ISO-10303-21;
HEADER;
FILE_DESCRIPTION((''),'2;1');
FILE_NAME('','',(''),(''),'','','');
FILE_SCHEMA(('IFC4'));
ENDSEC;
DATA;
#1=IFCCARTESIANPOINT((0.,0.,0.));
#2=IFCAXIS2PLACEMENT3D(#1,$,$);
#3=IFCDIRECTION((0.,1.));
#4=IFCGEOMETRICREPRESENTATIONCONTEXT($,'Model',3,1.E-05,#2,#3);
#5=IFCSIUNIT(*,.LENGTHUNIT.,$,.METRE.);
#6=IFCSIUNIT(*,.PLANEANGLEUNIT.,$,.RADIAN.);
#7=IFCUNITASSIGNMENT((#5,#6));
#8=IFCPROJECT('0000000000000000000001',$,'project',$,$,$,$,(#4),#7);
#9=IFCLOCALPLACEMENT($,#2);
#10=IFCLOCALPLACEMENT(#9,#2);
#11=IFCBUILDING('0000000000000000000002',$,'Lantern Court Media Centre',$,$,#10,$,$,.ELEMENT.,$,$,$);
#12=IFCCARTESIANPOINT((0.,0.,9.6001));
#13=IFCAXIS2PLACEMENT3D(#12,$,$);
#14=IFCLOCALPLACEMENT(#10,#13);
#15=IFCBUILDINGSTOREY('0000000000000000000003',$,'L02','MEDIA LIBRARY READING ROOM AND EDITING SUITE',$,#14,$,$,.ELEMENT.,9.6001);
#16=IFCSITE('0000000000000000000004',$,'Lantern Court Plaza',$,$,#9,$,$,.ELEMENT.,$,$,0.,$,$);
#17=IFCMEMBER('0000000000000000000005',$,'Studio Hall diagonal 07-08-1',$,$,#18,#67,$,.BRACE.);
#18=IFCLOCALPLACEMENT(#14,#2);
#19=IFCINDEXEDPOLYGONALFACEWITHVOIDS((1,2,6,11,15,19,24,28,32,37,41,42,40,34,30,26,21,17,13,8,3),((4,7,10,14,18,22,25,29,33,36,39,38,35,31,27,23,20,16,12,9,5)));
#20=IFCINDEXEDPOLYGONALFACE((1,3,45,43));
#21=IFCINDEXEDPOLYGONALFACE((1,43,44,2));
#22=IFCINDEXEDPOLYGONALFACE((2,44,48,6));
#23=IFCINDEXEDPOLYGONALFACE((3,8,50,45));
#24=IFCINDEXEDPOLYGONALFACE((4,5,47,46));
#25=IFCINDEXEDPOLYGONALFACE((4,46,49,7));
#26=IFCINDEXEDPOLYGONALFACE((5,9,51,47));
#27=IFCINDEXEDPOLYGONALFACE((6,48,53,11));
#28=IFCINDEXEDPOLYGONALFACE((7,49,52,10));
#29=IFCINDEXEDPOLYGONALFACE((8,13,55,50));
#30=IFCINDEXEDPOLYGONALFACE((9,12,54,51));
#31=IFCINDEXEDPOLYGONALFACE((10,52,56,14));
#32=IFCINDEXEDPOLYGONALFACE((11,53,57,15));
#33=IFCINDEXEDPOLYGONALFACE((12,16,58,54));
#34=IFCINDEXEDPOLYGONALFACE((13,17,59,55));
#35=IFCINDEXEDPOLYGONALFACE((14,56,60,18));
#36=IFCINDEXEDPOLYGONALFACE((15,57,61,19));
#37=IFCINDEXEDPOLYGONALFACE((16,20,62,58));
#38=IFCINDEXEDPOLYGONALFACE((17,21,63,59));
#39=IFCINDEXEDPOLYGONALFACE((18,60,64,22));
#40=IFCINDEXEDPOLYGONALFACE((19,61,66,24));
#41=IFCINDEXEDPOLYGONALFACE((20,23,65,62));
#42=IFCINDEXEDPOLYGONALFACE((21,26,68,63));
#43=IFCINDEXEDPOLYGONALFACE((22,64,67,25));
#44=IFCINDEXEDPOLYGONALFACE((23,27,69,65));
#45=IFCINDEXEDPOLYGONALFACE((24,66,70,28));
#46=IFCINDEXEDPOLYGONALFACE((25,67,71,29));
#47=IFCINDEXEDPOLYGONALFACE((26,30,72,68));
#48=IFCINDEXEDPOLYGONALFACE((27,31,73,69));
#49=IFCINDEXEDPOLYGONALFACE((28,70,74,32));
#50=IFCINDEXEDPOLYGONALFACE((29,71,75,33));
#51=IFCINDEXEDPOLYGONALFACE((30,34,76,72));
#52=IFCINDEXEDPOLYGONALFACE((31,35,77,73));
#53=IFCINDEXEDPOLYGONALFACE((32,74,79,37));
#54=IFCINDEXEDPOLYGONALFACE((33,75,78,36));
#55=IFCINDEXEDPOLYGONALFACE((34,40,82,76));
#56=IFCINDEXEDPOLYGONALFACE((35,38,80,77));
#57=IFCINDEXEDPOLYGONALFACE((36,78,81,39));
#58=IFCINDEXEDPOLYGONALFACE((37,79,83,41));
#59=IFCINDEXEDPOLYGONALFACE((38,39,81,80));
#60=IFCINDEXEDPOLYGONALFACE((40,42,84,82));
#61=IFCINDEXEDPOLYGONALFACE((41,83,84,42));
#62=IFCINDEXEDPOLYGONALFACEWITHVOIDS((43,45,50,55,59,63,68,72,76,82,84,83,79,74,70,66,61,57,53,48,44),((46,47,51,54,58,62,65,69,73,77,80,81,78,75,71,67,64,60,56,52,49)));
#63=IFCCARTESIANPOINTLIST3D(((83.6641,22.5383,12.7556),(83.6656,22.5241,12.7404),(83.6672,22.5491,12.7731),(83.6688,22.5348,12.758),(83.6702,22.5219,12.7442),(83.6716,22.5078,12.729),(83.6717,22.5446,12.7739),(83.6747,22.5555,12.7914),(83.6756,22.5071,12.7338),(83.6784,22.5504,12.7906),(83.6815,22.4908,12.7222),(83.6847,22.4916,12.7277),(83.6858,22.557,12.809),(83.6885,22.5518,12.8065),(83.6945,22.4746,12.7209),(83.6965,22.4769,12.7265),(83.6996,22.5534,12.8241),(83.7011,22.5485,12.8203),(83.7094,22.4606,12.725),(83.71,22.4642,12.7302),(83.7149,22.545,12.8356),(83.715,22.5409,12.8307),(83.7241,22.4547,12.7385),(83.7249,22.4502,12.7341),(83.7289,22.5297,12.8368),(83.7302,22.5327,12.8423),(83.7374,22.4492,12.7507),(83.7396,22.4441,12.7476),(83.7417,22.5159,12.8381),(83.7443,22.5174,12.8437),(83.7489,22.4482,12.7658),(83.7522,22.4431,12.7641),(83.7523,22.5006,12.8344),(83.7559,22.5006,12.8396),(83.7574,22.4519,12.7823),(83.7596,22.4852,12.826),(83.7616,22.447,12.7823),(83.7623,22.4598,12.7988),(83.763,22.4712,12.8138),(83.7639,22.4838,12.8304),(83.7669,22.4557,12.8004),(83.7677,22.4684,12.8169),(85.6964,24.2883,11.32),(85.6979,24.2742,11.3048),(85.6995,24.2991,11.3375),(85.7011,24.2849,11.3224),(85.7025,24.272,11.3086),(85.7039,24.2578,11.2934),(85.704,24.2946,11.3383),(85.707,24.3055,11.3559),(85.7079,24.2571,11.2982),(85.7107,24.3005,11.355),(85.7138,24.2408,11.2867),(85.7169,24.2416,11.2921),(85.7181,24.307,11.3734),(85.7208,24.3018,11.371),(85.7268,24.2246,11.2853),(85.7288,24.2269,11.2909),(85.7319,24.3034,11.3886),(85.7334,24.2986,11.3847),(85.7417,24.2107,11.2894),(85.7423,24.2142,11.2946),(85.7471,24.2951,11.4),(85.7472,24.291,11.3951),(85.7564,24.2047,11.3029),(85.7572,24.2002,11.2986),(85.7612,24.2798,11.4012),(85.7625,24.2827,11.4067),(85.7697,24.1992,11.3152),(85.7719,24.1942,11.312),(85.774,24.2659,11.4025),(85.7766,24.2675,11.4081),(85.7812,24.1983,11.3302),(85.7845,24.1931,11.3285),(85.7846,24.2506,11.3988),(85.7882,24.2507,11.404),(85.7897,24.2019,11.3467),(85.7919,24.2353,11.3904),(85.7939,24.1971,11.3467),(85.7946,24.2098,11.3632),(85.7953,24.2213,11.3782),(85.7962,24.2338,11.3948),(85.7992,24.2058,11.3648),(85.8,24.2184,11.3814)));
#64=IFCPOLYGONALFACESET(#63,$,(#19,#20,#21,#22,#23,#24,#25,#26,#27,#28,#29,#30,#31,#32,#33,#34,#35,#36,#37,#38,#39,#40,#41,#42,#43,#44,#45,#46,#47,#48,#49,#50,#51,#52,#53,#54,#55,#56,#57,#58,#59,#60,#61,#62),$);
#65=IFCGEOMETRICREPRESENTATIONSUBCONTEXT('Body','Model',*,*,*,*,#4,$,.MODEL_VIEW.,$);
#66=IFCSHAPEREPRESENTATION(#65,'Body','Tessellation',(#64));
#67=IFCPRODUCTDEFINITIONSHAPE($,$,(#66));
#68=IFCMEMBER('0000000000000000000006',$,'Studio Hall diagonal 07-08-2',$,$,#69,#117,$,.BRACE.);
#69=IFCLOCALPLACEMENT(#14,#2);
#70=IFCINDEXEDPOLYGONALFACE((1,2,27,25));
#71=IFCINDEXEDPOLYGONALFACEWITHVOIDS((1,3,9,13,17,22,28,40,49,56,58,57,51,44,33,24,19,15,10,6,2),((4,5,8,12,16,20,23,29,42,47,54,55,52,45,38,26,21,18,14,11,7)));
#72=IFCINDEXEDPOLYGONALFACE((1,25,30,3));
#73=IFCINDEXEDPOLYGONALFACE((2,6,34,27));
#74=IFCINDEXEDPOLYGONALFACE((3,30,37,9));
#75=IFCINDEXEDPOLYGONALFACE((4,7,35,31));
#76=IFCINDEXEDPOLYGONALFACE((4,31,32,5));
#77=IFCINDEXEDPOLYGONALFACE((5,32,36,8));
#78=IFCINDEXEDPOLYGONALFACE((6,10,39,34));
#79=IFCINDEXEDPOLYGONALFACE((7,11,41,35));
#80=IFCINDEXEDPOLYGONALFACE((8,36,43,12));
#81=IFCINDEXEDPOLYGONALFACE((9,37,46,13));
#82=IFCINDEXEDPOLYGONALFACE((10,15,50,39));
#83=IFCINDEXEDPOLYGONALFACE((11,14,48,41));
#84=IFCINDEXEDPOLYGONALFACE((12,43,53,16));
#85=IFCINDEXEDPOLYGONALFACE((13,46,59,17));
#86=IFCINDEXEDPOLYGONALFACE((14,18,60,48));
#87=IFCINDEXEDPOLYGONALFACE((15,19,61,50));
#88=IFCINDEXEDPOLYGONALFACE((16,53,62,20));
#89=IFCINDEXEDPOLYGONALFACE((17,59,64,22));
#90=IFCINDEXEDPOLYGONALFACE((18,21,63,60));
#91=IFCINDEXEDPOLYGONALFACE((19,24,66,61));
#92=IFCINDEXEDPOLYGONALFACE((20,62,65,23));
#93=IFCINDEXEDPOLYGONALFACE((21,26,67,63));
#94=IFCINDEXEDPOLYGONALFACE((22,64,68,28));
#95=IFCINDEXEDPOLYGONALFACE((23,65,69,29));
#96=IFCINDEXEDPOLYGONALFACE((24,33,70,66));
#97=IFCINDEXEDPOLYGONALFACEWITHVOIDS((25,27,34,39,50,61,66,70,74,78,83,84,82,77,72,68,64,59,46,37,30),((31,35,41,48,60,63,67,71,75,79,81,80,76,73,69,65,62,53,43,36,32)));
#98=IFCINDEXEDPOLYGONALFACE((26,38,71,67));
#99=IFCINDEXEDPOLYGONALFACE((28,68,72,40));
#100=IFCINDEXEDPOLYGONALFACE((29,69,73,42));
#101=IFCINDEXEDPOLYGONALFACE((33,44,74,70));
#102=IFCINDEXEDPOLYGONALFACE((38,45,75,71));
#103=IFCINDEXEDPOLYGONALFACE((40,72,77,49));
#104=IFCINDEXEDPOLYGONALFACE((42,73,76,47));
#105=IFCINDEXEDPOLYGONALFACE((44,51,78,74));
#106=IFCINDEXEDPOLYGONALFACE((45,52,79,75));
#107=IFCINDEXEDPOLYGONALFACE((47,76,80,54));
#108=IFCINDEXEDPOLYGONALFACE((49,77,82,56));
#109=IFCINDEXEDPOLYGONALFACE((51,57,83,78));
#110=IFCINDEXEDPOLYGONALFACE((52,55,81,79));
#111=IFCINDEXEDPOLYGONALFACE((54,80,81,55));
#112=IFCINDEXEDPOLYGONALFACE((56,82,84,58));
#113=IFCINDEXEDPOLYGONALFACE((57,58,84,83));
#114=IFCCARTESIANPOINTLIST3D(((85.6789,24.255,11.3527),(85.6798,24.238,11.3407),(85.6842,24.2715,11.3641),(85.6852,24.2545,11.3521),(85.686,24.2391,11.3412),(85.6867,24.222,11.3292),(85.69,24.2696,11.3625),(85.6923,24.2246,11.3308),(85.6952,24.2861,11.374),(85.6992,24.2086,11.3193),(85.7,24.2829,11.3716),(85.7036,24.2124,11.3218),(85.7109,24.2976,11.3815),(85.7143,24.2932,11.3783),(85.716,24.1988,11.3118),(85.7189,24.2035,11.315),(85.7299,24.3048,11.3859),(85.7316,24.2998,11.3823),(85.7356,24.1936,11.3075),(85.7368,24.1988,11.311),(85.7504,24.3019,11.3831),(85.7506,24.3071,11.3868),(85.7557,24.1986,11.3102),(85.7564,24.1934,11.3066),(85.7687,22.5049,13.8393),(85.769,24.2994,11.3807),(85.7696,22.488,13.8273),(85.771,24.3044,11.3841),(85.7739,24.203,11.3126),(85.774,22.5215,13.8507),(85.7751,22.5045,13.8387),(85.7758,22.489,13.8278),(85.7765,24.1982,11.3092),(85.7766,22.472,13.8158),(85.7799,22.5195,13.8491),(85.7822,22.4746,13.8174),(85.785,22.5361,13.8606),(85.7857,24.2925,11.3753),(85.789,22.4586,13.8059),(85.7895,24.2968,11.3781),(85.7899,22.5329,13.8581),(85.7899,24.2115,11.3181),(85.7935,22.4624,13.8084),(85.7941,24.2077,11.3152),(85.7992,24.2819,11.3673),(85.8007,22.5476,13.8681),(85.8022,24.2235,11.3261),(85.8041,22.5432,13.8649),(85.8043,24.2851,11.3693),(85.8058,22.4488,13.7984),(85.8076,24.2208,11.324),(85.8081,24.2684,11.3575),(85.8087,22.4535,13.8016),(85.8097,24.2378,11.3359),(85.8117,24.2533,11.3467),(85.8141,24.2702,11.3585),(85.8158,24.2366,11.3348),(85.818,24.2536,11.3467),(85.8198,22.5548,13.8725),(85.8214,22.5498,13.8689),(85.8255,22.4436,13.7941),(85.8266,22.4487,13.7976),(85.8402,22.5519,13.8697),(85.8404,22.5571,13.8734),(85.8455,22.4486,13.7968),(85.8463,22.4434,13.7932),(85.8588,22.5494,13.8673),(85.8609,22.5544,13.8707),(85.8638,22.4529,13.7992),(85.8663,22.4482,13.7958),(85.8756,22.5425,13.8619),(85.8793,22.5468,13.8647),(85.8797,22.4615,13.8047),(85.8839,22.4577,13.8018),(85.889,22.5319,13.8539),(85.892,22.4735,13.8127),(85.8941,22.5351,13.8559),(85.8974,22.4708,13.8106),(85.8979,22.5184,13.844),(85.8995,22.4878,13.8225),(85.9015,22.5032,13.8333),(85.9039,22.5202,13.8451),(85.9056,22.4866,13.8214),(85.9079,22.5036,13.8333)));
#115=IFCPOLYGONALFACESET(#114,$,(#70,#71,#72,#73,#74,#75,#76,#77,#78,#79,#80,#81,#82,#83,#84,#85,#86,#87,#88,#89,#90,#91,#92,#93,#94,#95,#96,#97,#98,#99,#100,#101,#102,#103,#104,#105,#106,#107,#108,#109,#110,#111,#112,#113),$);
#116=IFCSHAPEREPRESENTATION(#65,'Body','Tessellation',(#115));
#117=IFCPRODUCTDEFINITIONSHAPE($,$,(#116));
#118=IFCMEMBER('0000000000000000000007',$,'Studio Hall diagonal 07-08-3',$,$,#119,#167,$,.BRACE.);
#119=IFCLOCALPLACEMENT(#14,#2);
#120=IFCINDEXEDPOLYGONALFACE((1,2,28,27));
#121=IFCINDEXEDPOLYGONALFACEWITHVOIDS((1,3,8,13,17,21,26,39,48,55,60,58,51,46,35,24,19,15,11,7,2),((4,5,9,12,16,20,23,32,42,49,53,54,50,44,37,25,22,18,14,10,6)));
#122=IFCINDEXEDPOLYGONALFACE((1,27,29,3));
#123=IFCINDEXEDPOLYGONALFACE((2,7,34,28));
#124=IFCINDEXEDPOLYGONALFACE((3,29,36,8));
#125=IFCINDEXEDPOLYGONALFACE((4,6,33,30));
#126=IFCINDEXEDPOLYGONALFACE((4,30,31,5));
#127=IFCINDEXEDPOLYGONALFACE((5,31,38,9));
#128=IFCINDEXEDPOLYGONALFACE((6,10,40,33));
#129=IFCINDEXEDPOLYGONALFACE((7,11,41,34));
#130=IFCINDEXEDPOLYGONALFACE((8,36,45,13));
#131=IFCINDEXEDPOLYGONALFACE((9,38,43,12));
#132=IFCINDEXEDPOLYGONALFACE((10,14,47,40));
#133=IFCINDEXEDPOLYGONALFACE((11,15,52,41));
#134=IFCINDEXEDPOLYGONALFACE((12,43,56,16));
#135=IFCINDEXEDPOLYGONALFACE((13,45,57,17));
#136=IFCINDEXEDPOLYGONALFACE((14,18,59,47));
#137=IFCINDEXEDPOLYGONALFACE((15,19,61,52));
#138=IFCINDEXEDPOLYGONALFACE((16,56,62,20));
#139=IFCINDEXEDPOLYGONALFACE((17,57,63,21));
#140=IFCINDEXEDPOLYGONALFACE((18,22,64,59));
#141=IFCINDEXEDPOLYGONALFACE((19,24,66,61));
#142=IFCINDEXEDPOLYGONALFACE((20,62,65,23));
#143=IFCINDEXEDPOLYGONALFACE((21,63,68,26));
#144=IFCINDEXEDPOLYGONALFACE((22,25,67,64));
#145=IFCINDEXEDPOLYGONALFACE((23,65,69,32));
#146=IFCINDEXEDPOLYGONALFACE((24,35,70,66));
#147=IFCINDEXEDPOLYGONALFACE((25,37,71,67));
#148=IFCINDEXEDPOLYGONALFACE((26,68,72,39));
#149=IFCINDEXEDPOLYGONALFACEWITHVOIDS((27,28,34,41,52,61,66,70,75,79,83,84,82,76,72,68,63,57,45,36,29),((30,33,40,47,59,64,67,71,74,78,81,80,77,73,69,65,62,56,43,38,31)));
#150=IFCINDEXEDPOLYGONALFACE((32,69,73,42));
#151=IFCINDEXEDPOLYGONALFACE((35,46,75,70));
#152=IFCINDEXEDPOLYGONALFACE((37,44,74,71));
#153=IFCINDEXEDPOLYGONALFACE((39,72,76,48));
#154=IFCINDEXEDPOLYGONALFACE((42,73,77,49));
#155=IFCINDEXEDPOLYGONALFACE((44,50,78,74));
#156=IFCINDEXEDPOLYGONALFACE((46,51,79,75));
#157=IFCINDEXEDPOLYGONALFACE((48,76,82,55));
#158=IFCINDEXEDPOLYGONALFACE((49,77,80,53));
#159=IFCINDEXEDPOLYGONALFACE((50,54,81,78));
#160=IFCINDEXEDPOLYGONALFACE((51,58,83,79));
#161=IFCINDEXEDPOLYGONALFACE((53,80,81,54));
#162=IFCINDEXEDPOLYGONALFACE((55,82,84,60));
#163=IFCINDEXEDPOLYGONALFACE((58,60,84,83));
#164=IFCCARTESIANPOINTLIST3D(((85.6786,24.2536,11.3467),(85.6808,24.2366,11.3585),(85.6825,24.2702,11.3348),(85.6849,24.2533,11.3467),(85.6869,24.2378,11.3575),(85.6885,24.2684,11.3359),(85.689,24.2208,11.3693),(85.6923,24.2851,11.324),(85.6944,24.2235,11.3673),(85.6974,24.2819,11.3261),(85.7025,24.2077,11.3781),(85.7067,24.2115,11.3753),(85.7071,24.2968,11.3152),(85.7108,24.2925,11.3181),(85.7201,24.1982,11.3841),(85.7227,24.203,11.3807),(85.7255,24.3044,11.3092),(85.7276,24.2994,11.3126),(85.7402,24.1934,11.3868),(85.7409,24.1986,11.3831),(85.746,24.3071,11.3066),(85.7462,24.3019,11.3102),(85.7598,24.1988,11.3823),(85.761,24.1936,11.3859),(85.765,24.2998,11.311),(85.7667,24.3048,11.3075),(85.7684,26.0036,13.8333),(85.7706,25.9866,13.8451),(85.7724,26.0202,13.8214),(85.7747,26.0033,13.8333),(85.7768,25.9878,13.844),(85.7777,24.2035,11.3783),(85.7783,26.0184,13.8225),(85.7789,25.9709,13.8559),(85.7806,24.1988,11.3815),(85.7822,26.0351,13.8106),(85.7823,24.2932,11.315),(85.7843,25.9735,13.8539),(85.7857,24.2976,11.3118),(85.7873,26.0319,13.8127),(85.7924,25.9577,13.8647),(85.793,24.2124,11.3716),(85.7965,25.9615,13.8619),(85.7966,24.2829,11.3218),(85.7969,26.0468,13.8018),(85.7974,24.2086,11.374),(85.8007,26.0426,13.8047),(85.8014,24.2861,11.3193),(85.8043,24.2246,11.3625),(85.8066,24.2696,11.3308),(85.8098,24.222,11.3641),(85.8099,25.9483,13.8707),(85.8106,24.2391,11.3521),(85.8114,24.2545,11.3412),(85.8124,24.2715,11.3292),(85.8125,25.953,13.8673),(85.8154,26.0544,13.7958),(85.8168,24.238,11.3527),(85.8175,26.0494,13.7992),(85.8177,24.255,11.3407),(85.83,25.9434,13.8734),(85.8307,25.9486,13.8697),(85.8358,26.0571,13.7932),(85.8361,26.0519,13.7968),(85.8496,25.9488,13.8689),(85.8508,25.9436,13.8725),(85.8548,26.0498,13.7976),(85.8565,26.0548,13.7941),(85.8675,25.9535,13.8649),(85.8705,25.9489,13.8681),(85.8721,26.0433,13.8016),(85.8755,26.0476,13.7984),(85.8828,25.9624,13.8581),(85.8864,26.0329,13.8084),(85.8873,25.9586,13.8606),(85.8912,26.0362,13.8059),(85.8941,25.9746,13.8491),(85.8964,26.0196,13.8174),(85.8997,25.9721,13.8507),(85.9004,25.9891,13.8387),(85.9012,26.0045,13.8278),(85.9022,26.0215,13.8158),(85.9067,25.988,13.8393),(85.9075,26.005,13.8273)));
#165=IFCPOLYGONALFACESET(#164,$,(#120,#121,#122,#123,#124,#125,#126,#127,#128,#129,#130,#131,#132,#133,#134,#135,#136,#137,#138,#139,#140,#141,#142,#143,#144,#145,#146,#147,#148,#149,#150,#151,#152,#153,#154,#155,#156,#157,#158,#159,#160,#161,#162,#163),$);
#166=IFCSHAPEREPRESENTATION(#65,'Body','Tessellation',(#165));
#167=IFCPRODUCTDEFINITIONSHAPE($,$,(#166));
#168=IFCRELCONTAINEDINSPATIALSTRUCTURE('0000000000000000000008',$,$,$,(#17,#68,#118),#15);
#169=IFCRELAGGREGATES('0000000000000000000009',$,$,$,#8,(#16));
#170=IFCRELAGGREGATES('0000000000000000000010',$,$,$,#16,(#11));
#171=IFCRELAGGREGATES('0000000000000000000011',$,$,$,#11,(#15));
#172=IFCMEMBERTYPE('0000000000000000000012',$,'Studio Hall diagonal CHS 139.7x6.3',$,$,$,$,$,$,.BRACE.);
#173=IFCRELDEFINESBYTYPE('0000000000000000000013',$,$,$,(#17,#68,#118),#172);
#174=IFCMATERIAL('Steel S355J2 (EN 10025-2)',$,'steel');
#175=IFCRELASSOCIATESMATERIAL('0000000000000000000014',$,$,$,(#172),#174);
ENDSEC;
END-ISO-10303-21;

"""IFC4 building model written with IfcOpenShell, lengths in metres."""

from ifc_helpers import new_model, si_unit, direction, frame, origin, origin_2d, place, context, subcontext, project, spatial, hollow_circle, extrude, material, material_profile, profile_set, type_object, element, save


model = new_model("IFC4")

# Units and contexts
model_context = context("Model", 3, precision=1e-05, world=origin(), true_north=direction((0.0, 1.0)))
body_context = subcontext(model_context, "Body", "Model", "MODEL_VIEW")
ifc_project = project(units=[si_unit("LENGTHUNIT", "METRE"), si_unit("PLANEANGLEUNIT", "RADIAN")], contexts=[model_context])

# Site, building, storey
site_placement = place(None, origin())
site = spatial("IfcSite", under=ifc_project, at=site_placement, Name="Lantern Court Plaza", CompositionType="ELEMENT", RefElevation=0.0)
building_placement = place(site_placement, origin())
building = spatial("IfcBuilding", under=site, at=building_placement, Name="Lantern Court Media Centre", CompositionType="ELEMENT")
storey_placement = place(building_placement, frame((0.0, 0.0, 9.6001)))
storey = spatial("IfcBuildingStorey", under=building, at=storey_placement, Name="L02", Description="MEDIA LIBRARY READING ROOM AND EDITING SUITE", CompositionType="ELEMENT", Elevation=9.6001)

# Members
ifc_material = material(Name="Steel S355J2 (EN 10025-2)", Category="steel")
ifc_material_profile_1 = material_profile(ifc_material, hollow_circle(Radius=0.0698, WallThickness=0.0063, at=origin_2d()), Name="Studio Hall diagonal CHS 139.7x6.3")
ifc_profile_set_1 = profile_set([ifc_material_profile_1], Name="Steel S355J2 (EN 10025-2)")
member_type_1 = type_object("IfcMemberType", Name="Studio Hall diagonal CHS 139.7x6.3", PredefinedType="BRACE", material=ifc_profile_set_1)
for number, where, z_axis, x_axis, name in (
    (1, (85.7483, 24.25, 11.3467), (-0.668075, -0.575296, 0.471922), (0.652529, -0.757764, 0.0), "Studio Hall diagonal 07-08-1"),
    (2, (85.7483, 24.25, 11.3467), (0.029535, -0.575284, 0.81742), (0.998685, 0.051272, 0.0), "Studio Hall diagonal 07-08-2"),
    (3, (85.7483, 24.25, 11.3467), (0.029535, 0.575284, 0.81742), (-0.998685, 0.051272, 0.0), "Studio Hall diagonal 07-08-3"),
):
    element("IfcMember", number, at=place(storey_placement, frame(where, z_axis=z_axis, x_axis=x_axis)), inside=storey, type_object=member_type_1, Name=name, PredefinedType="BRACE", context=body_context, shape_type="SweptSolid", body=[
        extrude(hollow_circle(Radius=0.0698, WallThickness=0.0063, at=origin_2d()), origin(), (0.0, 0.0, 1.0), 3.042),
    ])

save(model, "model.ifc")
